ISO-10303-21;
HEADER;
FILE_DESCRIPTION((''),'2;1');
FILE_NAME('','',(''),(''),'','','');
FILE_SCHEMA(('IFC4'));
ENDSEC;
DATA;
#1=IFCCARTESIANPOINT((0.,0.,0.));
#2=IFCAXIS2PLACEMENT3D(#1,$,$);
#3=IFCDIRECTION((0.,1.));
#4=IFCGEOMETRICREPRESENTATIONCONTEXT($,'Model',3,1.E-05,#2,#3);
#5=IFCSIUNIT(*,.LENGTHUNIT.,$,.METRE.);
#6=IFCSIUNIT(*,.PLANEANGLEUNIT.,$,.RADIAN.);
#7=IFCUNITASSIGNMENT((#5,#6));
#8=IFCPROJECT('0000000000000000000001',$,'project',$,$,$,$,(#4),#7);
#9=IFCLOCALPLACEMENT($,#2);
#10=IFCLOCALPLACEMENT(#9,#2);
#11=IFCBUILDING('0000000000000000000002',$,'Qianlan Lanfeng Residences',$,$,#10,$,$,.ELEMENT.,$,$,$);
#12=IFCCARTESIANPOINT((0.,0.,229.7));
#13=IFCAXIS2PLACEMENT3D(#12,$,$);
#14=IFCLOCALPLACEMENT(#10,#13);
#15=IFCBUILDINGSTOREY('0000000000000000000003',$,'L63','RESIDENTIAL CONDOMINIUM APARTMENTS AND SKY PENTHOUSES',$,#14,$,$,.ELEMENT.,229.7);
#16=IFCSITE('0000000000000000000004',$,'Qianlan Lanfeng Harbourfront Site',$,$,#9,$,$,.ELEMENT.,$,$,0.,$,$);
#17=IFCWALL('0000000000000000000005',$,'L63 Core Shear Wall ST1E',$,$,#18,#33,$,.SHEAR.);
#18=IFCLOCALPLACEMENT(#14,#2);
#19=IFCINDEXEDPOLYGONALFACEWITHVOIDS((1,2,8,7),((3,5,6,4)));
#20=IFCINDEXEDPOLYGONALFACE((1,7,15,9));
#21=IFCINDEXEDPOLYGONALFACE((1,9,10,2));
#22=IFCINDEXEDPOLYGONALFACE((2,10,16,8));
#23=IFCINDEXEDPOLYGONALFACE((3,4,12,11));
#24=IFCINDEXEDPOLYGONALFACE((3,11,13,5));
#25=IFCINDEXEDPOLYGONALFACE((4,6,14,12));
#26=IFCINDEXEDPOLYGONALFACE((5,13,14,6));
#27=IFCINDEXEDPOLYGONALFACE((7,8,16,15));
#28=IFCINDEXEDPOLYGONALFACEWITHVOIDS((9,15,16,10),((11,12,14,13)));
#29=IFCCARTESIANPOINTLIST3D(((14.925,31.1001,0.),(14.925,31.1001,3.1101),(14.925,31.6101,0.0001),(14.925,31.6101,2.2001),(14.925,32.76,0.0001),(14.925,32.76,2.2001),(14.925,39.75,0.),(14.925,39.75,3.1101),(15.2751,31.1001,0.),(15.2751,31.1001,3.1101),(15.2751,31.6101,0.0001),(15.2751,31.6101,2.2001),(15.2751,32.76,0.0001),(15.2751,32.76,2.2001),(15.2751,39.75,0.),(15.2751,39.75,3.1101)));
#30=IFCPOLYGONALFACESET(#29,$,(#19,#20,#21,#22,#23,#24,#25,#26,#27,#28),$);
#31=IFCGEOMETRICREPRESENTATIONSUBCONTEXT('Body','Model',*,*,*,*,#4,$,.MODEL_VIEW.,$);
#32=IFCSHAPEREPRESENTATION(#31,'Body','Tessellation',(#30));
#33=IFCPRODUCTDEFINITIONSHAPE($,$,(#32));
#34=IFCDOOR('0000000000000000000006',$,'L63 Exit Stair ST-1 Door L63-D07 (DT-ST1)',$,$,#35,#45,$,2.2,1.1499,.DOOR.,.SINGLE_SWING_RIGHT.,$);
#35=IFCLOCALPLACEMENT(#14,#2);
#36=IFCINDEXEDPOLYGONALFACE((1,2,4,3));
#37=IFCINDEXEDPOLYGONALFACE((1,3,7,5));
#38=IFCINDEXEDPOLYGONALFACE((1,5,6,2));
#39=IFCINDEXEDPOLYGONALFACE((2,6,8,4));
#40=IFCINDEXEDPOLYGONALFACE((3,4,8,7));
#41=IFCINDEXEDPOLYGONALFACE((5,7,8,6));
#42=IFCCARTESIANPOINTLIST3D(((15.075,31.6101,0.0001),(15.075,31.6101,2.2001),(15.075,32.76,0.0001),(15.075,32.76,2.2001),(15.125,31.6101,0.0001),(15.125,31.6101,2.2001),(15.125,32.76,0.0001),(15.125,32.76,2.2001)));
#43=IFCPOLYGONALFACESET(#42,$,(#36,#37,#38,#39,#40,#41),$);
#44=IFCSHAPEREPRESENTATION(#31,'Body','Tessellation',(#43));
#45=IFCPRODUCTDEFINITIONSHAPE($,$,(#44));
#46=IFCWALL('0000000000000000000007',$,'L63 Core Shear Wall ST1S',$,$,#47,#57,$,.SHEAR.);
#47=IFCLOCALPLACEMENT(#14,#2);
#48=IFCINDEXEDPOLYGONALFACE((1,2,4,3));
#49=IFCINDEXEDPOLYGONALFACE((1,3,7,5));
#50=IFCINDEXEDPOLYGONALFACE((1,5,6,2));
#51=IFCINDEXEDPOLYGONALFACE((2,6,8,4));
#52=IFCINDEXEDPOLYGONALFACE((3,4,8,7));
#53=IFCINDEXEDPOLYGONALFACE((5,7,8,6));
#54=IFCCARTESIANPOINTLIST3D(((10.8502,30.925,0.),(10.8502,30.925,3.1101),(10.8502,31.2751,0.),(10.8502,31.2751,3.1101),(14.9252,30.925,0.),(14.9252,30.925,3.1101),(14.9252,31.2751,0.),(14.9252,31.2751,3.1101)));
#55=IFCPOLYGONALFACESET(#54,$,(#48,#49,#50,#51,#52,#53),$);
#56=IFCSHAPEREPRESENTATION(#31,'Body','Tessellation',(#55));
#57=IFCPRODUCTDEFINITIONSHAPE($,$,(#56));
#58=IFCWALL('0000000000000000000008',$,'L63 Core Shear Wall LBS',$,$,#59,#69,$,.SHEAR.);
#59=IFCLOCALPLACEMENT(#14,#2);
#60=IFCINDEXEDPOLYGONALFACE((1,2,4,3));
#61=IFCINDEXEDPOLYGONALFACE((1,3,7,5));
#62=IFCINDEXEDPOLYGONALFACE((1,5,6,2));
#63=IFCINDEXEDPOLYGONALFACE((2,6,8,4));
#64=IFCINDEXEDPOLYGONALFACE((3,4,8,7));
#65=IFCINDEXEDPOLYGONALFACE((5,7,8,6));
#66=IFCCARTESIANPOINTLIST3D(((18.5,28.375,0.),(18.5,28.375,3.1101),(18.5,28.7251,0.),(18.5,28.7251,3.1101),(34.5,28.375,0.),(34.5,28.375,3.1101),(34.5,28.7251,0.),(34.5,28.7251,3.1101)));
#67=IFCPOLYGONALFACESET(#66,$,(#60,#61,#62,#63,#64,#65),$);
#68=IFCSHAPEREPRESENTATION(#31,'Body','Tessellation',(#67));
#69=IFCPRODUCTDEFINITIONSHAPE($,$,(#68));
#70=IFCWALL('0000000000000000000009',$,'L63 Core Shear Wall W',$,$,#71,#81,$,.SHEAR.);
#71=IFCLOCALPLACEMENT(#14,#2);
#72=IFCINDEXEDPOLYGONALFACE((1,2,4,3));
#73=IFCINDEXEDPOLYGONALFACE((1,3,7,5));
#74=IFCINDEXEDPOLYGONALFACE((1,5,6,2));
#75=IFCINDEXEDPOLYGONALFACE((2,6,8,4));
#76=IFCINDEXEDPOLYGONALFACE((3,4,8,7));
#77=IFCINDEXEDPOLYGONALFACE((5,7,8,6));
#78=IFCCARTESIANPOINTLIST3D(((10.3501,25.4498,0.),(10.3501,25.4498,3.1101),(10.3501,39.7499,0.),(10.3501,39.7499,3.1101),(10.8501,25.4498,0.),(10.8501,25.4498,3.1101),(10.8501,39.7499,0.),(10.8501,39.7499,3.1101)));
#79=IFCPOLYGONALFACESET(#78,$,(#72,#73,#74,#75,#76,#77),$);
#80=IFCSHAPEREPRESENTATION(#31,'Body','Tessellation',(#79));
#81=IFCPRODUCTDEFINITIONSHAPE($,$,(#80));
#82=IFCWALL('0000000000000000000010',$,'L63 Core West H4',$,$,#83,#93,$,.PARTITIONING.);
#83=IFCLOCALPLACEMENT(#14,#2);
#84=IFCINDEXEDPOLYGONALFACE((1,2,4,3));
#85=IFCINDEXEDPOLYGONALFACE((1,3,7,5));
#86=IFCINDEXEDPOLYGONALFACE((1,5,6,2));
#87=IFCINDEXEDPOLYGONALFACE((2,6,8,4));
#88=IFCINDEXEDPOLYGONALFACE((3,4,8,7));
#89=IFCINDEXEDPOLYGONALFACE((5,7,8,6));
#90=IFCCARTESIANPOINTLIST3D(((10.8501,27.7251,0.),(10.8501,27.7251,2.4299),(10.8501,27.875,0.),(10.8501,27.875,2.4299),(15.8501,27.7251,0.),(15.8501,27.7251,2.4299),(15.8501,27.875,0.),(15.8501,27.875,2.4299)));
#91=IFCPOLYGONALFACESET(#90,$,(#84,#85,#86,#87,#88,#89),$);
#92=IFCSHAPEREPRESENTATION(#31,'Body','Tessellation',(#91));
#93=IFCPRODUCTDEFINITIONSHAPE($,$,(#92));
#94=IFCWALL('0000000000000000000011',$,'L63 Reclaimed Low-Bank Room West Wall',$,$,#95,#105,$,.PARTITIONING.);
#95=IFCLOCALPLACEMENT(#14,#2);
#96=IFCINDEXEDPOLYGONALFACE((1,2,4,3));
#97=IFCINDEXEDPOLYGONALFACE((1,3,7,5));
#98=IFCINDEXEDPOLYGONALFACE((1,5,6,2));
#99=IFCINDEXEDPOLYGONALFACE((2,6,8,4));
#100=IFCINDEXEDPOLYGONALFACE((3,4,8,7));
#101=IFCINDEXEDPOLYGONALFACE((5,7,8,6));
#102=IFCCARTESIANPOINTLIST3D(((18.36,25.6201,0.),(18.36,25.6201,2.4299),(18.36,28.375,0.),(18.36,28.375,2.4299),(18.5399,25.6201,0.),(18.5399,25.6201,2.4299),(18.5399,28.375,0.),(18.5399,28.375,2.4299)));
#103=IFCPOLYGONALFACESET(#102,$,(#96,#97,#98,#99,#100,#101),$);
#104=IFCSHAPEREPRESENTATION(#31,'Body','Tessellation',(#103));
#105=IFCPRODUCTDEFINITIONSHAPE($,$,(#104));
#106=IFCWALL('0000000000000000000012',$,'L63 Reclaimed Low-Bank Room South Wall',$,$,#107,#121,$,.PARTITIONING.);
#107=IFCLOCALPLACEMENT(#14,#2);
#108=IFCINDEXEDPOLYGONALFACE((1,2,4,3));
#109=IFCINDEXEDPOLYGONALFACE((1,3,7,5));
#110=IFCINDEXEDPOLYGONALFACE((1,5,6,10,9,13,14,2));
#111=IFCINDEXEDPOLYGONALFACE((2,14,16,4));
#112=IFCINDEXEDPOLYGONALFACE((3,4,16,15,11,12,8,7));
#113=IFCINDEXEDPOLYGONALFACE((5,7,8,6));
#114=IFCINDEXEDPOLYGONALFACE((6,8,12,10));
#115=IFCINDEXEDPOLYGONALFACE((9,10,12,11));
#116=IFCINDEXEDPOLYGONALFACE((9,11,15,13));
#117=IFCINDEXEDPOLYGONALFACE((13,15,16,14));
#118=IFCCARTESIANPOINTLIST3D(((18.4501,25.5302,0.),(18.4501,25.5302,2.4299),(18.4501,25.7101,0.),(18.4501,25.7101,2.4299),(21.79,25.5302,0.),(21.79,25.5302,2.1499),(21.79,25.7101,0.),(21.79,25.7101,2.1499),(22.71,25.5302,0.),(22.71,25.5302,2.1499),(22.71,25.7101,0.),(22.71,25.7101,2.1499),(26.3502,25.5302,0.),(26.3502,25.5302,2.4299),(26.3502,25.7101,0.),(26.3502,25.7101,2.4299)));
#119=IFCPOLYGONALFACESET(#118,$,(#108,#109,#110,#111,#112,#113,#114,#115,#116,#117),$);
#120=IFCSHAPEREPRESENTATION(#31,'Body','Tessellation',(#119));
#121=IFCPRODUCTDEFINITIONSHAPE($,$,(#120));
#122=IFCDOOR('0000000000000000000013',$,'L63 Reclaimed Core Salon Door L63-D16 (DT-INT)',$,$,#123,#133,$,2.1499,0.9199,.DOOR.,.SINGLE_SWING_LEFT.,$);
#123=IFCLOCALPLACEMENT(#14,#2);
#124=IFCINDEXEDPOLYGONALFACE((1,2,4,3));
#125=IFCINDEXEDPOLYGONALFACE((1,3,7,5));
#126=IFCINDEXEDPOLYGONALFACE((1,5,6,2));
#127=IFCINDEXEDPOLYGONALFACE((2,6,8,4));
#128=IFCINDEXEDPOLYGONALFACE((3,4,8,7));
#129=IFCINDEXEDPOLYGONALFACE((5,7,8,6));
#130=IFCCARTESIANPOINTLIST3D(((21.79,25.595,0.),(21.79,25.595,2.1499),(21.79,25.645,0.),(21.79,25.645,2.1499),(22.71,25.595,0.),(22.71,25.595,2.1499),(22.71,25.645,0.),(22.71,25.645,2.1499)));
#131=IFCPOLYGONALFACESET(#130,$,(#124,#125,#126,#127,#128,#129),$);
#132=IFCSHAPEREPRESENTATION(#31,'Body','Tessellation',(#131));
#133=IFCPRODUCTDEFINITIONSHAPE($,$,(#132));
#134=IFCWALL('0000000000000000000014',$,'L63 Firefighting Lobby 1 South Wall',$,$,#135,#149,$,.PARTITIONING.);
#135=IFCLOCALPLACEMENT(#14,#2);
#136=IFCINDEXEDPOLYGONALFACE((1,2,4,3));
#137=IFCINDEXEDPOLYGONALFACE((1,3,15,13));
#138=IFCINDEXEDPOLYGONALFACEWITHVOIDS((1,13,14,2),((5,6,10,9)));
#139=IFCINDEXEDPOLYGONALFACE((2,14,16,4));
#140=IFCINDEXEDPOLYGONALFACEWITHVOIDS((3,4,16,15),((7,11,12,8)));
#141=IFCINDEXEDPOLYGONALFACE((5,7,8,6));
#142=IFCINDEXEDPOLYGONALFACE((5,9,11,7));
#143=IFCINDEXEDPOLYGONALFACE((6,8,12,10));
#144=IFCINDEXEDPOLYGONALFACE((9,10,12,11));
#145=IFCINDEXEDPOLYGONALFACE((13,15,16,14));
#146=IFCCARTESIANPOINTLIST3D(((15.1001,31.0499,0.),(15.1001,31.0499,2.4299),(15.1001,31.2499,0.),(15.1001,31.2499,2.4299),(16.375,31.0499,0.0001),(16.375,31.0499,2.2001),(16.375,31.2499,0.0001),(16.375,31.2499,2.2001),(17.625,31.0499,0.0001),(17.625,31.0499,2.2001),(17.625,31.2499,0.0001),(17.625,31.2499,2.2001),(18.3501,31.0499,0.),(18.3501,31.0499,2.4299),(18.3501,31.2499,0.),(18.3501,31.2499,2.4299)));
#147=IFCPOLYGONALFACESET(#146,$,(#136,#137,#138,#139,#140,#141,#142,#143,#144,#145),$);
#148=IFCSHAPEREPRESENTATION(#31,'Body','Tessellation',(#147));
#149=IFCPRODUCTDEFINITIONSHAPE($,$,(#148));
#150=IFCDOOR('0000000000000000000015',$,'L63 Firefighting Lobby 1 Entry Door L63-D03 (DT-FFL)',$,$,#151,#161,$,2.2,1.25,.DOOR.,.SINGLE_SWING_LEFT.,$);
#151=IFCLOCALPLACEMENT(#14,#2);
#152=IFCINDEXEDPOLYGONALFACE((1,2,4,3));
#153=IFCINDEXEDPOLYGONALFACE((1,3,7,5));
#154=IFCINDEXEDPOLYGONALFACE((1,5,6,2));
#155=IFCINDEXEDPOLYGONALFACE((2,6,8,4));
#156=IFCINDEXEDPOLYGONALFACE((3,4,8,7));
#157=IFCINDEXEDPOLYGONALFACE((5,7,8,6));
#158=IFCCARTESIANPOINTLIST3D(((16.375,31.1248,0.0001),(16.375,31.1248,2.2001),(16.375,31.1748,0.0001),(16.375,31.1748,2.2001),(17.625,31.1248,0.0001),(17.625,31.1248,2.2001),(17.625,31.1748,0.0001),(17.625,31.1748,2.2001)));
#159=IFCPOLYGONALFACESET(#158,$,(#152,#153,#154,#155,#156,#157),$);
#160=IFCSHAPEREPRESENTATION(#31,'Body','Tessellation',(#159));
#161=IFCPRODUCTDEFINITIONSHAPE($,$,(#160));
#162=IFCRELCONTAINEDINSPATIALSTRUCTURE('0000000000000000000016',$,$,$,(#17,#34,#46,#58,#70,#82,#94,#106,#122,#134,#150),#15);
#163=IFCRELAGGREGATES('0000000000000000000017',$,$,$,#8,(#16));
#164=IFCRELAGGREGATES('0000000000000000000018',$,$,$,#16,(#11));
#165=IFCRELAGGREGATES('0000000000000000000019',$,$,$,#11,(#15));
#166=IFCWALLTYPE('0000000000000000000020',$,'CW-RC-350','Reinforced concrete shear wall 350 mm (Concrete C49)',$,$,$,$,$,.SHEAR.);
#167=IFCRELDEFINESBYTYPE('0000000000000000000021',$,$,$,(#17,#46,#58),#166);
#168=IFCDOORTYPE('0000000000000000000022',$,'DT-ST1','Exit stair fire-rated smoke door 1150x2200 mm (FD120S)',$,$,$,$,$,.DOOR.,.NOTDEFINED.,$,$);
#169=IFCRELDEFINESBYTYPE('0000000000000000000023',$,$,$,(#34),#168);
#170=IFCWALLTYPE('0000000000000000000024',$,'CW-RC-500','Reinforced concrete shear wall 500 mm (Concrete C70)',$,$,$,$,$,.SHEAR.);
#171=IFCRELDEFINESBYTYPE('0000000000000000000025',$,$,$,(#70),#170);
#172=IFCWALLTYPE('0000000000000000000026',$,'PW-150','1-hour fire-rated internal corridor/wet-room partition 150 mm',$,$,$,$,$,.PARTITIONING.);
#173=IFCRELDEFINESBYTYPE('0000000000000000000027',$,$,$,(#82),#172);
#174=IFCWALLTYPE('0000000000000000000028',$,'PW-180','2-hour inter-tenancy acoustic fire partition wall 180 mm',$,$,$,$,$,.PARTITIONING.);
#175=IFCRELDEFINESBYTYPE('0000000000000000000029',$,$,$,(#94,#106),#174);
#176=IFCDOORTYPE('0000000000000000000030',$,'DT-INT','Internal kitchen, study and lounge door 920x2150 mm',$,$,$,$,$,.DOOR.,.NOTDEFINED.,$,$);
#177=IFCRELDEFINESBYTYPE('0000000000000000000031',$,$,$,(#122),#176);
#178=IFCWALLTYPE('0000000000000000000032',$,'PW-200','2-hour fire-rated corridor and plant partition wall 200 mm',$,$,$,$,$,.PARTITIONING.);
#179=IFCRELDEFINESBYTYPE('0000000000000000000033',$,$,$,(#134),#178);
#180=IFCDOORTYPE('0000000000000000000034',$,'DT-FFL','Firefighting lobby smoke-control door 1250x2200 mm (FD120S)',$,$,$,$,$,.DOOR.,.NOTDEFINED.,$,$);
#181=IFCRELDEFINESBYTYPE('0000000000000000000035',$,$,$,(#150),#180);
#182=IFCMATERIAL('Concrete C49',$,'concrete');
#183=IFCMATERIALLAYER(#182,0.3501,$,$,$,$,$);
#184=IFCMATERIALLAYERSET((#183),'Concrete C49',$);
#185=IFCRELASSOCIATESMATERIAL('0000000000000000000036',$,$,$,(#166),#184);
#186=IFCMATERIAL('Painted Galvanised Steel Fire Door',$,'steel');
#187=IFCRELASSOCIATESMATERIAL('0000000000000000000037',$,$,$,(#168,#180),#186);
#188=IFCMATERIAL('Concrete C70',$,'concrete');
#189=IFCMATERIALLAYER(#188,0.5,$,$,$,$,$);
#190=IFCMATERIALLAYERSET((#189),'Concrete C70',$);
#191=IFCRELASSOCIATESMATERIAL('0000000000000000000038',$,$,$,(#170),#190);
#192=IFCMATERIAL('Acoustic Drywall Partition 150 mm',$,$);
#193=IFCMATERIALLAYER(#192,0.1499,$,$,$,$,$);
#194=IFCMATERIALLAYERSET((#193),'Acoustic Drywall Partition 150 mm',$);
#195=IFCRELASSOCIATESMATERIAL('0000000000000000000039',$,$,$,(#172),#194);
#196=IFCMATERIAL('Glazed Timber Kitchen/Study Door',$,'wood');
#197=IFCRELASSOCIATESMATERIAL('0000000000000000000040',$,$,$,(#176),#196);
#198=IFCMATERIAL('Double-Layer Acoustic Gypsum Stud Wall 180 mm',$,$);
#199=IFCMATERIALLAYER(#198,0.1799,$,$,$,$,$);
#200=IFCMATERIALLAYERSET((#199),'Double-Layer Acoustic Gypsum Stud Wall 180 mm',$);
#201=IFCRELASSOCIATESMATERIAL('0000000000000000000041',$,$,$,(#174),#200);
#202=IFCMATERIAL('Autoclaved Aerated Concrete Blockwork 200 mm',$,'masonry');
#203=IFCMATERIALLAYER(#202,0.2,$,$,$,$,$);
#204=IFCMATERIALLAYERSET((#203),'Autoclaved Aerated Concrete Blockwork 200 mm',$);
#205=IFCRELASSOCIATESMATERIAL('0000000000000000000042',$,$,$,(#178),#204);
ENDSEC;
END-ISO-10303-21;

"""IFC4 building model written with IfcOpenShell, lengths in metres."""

from ifc_helpers import new_model, si_unit, direction, frame, frame_2d, origin, place, context, subcontext, project, spatial, rectangle, extrude, material, layer, layer_set, type_object, element, fill, save


model = new_model("IFC4")

# Units and contexts
model_context = context("Model", 3, precision=1e-05, world=origin(), true_north=direction((0.0, 1.0)))
body_context = subcontext(model_context, "Body", "Model", "MODEL_VIEW")
ifc_project = project(units=[si_unit("LENGTHUNIT", "METRE"), si_unit("PLANEANGLEUNIT", "RADIAN")], contexts=[model_context])

# Site, building, storey
site_placement = place(None, origin())
site = spatial("IfcSite", under=ifc_project, at=site_placement, Name="Qianlan Lanfeng Harbourfront Site", CompositionType="ELEMENT", RefElevation=0.0)
building_placement = place(site_placement, origin())
building = spatial("IfcBuilding", under=site, at=building_placement, Name="Qianlan Lanfeng Residences", CompositionType="ELEMENT")
storey_placement = place(building_placement, frame((0.0, 0.0, 229.7)))
storey = spatial("IfcBuildingStorey", under=building, at=storey_placement, Name="L63", Description="RESIDENTIAL CONDOMINIUM APARTMENTS AND SKY PENTHOUSES", CompositionType="ELEMENT", Elevation=229.7)

# Wall, opening, door
ifc_material_1 = material(Name="Concrete C49", Category="concrete")
ifc_layer_1 = layer(ifc_material_1, 0.3501)
ifc_layer_set_1 = layer_set([ifc_layer_1], Name="Concrete C49")
wall_type_1 = type_object("IfcWallType", Name="CW-RC-350", Description="Reinforced concrete shear wall 350 mm (Concrete C49)", PredefinedType="SHEAR", material=ifc_layer_set_1)
wall_1_placement = place(storey_placement, frame((15.1001, 31.1001, 0.0), z_axis=(0.0, 0.0, 1.0), x_axis=(0.0, 1.0, 0.0)))
wall_1 = element("IfcWall", 1, at=wall_1_placement, inside=storey, type_object=wall_type_1, Name="L63 Core Shear Wall ST1E", PredefinedType="SHEAR", context=body_context, shape_type="SweptSolid", body=[
    extrude(rectangle(XDim=8.6499, YDim=0.3501, at=frame_2d((4.325, 0.0))), origin(), (0.0, 0.0, 1.0), 3.1101),
])
opening_1_placement = place(wall_1_placement, frame((0.51, 0.0, 0.0)))
opening_1 = element("IfcOpeningElement", 2, at=opening_1_placement, cuts=wall_1, PredefinedType="OPENING", context=body_context, shape_type="SweptSolid", body=[
    extrude(rectangle(XDim=1.1499, YDim=2.2, at=frame_2d((0.575, 1.1001))), frame((0.0, 0.1851, 0.0), z_axis=(0.0, -1.0, 0.0), x_axis=(1.0, 0.0, 0.0)), (0.0, 0.0, 1.0), 0.3701),
])
ifc_material_2 = material(Name="Painted Galvanised Steel Fire Door", Category="steel")
door_type_1 = type_object("IfcDoorType", Name="DT-ST1", Description="Exit stair fire-rated smoke door 1150x2200 mm (FD120S)", OperationType="NOTDEFINED", PredefinedType="DOOR", material=ifc_material_2)
door_1_placement = place(opening_1_placement, frame((1.1499, 0.0, 0.0), z_axis=(0.0, 0.0, 1.0), x_axis=(-1.0, 0.0, 0.0)))
door_1 = element("IfcDoor", 3, at=door_1_placement, inside=storey, type_object=door_type_1, Name="L63 Exit Stair ST-1 Door L63-D07 (DT-ST1)", OperationType="SINGLE_SWING_RIGHT", OverallHeight=2.2, OverallWidth=1.1499, PredefinedType="DOOR", context=body_context, shape_type="SweptSolid", body=[
    extrude(rectangle(XDim=1.1499, YDim=2.2, at=frame_2d((0.575, 1.1001))), frame((0.0, 0.0249, 0.0), z_axis=(0.0, -1.0, 0.0), x_axis=(1.0, 0.0, 0.0)), (0.0, 0.0, 1.0), 0.05),
])
fill(opening_1, door_1)

# Walls
wall_2_placement = place(storey_placement, frame((10.8501, 31.1001, 0.0), z_axis=(0.0, 0.0, 1.0), x_axis=(1.0, 0.0, 0.0)))
element("IfcWall", 4, at=wall_2_placement, inside=storey, type_object=wall_type_1, Name="L63 Core Shear Wall ST1S", PredefinedType="SHEAR", context=body_context, shape_type="SweptSolid", body=[
    extrude(rectangle(XDim=4.075, YDim=0.3501, at=frame_2d((2.0376, 0.0))), origin(), (0.0, 0.0, 1.0), 3.1101),
])
wall_3_placement = place(storey_placement, frame((18.5, 28.55, 0.0), z_axis=(0.0, 0.0, 1.0), x_axis=(1.0, 0.0, 0.0)))
element("IfcWall", 5, at=wall_3_placement, inside=storey, type_object=wall_type_1, Name="L63 Core Shear Wall LBS", PredefinedType="SHEAR", context=body_context, shape_type="SweptSolid", body=[
    extrude(rectangle(XDim=16.0, YDim=0.3501, at=frame_2d((8.0, 0.0))), origin(), (0.0, 0.0, 1.0), 3.1101),
])
ifc_material_3 = material(Name="Concrete C70", Category="concrete")
ifc_layer_2 = layer(ifc_material_3, 0.5)
ifc_layer_set_2 = layer_set([ifc_layer_2], Name="Concrete C70")
wall_type_2 = type_object("IfcWallType", Name="CW-RC-500", Description="Reinforced concrete shear wall 500 mm (Concrete C70)", PredefinedType="SHEAR", material=ifc_layer_set_2)
wall_4_placement = place(storey_placement, frame((10.6001, 25.45, 0.0), z_axis=(0.0, 0.0, 1.0), x_axis=(0.0, 1.0, 0.0)))
element("IfcWall", 6, at=wall_4_placement, inside=storey, type_object=wall_type_2, Name="L63 Core Shear Wall W", PredefinedType="SHEAR", context=body_context, shape_type="SweptSolid", body=[
    extrude(rectangle(XDim=14.3, YDim=0.5, at=frame_2d((7.1499, 0.0))), origin(), (0.0, 0.0, 1.0), 3.1101),
])
ifc_material_4 = material(Name="Acoustic Drywall Partition 150 mm")
ifc_layer_3 = layer(ifc_material_4, 0.1499)
ifc_layer_set_3 = layer_set([ifc_layer_3], Name="Acoustic Drywall Partition 150 mm")
wall_type_3 = type_object("IfcWallType", Name="PW-150", Description="1-hour fire-rated internal corridor/wet-room partition 150 mm", PredefinedType="PARTITIONING", material=ifc_layer_set_3)
wall_5_placement = place(storey_placement, frame((10.8501, 27.8, 0.0), z_axis=(0.0, 0.0, 1.0), x_axis=(1.0, 0.0, 0.0)))
element("IfcWall", 7, at=wall_5_placement, inside=storey, type_object=wall_type_3, Name="L63 Core West H4", PredefinedType="PARTITIONING", context=body_context, shape_type="SweptSolid", body=[
    extrude(rectangle(XDim=5.0, YDim=0.1499, at=frame_2d((2.5, 0.0))), origin(), (0.0, 0.0, 1.0), 2.4299),
])

# Shared definitions
ifc_material_5 = material(Name="Glazed Timber Kitchen/Study Door", Category="wood")
door_type_2 = type_object("IfcDoorType", Name="DT-INT", Description="Internal kitchen, study and lounge door 920x2150 mm", OperationType="NOTDEFINED", PredefinedType="DOOR", material=ifc_material_5)

# Shared definitions
ifc_material_6 = material(Name="Double-Layer Acoustic Gypsum Stud Wall 180 mm")
ifc_layer_4 = layer(ifc_material_6, 0.1799)
ifc_layer_set_4 = layer_set([ifc_layer_4], Name="Double-Layer Acoustic Gypsum Stud Wall 180 mm")
wall_type_4 = type_object("IfcWallType", Name="PW-180", Description="2-hour inter-tenancy acoustic fire partition wall 180 mm", PredefinedType="PARTITIONING", material=ifc_layer_set_4)

# Wall
wall_6_placement = place(storey_placement, frame((18.45, 25.6201, 0.0), z_axis=(0.0, 0.0, 1.0), x_axis=(0.0, 1.0, 0.0)))
element("IfcWall", 8, at=wall_6_placement, inside=storey, type_object=wall_type_4, Name="L63 Reclaimed Low-Bank Room West Wall", PredefinedType="PARTITIONING", context=body_context, shape_type="SweptSolid", body=[
    extrude(rectangle(XDim=2.7549, YDim=0.1799, at=frame_2d((1.3774, 0.0))), origin(), (0.0, 0.0, 1.0), 2.4299),
])

# Walls, openings, doors
wall_7_placement = place(storey_placement, frame((18.45, 25.6201, 0.0), z_axis=(0.0, 0.0, 1.0), x_axis=(1.0, 0.0, 0.0)))
wall_7 = element("IfcWall", 9, at=wall_7_placement, inside=storey, type_object=wall_type_4, Name="L63 Reclaimed Low-Bank Room South Wall", PredefinedType="PARTITIONING", context=body_context, shape_type="SweptSolid", body=[
    extrude(rectangle(XDim=7.9001, YDim=0.1799, at=frame_2d((3.9502, 0.0))), origin(), (0.0, 0.0, 1.0), 2.4299),
])
opening_2_placement = place(wall_7_placement, frame((3.3401, 0.0, 0.0)))
opening_2 = element("IfcOpeningElement", 10, at=opening_2_placement, cuts=wall_7, PredefinedType="OPENING", context=body_context, shape_type="SweptSolid", body=[
    extrude(rectangle(XDim=0.9199, YDim=2.1499, at=frame_2d((0.46, 1.075))), frame((0.0, 0.1001, 0.0), z_axis=(0.0, -1.0, 0.0), x_axis=(1.0, 0.0, 0.0)), (0.0, 0.0, 1.0), 0.2),
])
door_2_placement = place(opening_2_placement, origin())
door_2 = element("IfcDoor", 11, at=door_2_placement, inside=storey, type_object=door_type_2, Name="L63 Reclaimed Core Salon Door L63-D16 (DT-INT)", OperationType="SINGLE_SWING_LEFT", OverallHeight=2.1499, OverallWidth=0.9199, PredefinedType="DOOR", context=body_context, shape_type="SweptSolid", body=[
    extrude(rectangle(XDim=0.9199, YDim=2.1499, at=frame_2d((0.46, 1.075))), frame((0.0, 0.0249, 0.0), z_axis=(0.0, -1.0, 0.0), x_axis=(1.0, 0.0, 0.0)), (0.0, 0.0, 1.0), 0.05),
])
fill(opening_2, door_2)
ifc_material_7 = material(Name="Autoclaved Aerated Concrete Blockwork 200 mm", Category="masonry")
ifc_layer_5 = layer(ifc_material_7, 0.2)
ifc_layer_set_5 = layer_set([ifc_layer_5], Name="Autoclaved Aerated Concrete Blockwork 200 mm")
wall_type_5 = type_object("IfcWallType", Name="PW-200", Description="2-hour fire-rated corridor and plant partition wall 200 mm", PredefinedType="PARTITIONING", material=ifc_layer_set_5)
wall_8_placement = place(storey_placement, frame((15.1001, 31.1499, 0.0), z_axis=(0.0, 0.0, 1.0), x_axis=(1.0, 0.0, 0.0)))
wall_8 = element("IfcWall", 12, at=wall_8_placement, inside=storey, type_object=wall_type_5, Name="L63 Firefighting Lobby 1 South Wall", PredefinedType="PARTITIONING", context=body_context, shape_type="SweptSolid", body=[
    extrude(rectangle(XDim=3.25, YDim=0.2, at=frame_2d((1.625, 0.0))), origin(), (0.0, 0.0, 1.0), 2.4299),
])
opening_3_placement = place(wall_8_placement, frame((1.2749, 0.0, 0.0)))
opening_3 = element("IfcOpeningElement", 13, at=opening_3_placement, cuts=wall_8, PredefinedType="OPENING", context=body_context, shape_type="SweptSolid", body=[
    extrude(rectangle(XDim=1.25, YDim=2.2, at=frame_2d((0.625, 1.1001))), frame((0.0, 0.1099, 0.0), z_axis=(0.0, -1.0, 0.0), x_axis=(1.0, 0.0, 0.0)), (0.0, 0.0, 1.0), 0.22),
])
door_type_3 = type_object("IfcDoorType", Name="DT-FFL", Description="Firefighting lobby smoke-control door 1250x2200 mm (FD120S)", OperationType="NOTDEFINED", PredefinedType="DOOR", material=ifc_material_2)
door_3_placement = place(opening_3_placement, origin())
door_3 = element("IfcDoor", 14, at=door_3_placement, inside=storey, type_object=door_type_3, Name="L63 Firefighting Lobby 1 Entry Door L63-D03 (DT-FFL)", OperationType="SINGLE_SWING_LEFT", OverallHeight=2.2, OverallWidth=1.25, PredefinedType="DOOR", context=body_context, shape_type="SweptSolid", body=[
    extrude(rectangle(XDim=1.25, YDim=2.2, at=frame_2d((0.625, 1.1001))), frame((0.0, 0.0249, 0.0), z_axis=(0.0, -1.0, 0.0), x_axis=(1.0, 0.0, 0.0)), (0.0, 0.0, 1.0), 0.05),
])
fill(opening_3, door_3)

save(model, "model.ifc")
